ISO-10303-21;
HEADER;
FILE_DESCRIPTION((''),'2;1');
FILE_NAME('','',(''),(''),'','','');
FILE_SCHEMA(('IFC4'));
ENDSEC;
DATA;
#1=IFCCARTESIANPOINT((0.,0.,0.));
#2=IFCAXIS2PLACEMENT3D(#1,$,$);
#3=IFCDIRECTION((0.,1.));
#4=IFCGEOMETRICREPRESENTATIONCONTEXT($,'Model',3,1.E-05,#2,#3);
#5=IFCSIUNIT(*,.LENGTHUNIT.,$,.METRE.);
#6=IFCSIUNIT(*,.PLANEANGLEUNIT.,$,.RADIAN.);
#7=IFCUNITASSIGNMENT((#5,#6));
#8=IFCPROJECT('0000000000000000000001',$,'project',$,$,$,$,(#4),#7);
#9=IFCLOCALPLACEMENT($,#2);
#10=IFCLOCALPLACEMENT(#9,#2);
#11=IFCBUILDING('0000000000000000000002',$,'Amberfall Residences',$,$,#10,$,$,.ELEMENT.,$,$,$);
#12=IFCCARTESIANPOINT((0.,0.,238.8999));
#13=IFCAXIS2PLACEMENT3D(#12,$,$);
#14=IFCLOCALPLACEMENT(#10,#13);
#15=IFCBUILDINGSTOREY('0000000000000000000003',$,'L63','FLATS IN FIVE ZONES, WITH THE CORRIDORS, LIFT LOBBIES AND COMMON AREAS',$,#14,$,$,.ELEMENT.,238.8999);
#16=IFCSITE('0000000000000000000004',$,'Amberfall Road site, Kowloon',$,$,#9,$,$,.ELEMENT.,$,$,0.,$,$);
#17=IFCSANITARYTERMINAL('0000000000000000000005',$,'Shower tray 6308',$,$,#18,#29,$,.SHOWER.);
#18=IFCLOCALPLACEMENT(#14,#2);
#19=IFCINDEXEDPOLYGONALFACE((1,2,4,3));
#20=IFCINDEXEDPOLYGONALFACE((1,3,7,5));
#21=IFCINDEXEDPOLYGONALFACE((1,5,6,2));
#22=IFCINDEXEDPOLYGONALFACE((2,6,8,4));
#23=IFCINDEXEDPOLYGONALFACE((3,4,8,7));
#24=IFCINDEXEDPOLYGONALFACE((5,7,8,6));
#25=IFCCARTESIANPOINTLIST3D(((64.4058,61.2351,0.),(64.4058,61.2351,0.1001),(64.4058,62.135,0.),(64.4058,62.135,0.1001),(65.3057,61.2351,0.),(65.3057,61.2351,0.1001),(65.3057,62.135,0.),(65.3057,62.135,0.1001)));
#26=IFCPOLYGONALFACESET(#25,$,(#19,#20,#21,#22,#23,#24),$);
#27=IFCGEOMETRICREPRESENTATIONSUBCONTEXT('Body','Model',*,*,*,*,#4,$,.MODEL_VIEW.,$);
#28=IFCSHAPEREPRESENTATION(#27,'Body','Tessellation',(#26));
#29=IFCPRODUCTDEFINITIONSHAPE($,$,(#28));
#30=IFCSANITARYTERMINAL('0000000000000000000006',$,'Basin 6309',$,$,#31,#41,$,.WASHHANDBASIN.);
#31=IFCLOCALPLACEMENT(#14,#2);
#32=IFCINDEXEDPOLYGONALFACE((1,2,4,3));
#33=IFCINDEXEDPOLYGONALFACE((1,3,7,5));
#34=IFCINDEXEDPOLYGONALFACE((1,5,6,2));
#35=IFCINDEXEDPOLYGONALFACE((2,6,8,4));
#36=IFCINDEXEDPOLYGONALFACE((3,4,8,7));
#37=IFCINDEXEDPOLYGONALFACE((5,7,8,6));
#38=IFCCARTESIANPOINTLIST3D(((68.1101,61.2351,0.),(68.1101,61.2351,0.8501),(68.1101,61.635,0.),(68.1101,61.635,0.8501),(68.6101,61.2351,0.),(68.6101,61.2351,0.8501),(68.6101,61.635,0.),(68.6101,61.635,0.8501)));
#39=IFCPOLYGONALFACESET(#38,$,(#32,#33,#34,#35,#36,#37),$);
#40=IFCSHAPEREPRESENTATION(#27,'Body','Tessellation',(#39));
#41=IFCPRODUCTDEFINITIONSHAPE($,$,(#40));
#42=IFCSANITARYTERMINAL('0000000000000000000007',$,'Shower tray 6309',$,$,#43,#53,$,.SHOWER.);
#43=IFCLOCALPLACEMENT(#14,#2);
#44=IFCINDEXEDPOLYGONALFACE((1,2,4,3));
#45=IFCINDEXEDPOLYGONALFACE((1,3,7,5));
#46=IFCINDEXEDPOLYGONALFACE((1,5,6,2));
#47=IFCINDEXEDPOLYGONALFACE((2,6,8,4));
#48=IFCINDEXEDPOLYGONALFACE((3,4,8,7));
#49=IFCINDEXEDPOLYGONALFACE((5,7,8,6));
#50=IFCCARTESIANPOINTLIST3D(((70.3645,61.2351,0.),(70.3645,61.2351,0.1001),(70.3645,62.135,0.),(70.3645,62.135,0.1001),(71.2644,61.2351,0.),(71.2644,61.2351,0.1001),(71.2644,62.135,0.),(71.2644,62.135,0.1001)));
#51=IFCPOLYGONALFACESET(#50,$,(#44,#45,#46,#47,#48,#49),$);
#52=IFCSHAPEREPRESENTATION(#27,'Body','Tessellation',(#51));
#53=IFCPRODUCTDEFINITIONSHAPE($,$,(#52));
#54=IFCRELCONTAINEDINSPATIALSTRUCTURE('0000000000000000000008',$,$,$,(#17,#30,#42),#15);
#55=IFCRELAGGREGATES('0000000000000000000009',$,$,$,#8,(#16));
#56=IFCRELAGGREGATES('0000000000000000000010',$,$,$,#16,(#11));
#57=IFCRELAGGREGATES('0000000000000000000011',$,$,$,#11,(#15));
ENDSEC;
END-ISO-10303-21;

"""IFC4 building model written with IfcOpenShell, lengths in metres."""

from ifc_helpers import new_model, si_unit, direction, frame, origin, origin_2d, place, context, subcontext, project, spatial, rectangle, extrude, element, save


model = new_model("IFC4")

# Units and contexts
model_context = context("Model", 3, precision=1e-05, world=origin(), true_north=direction((0.0, 1.0)))
body_context = subcontext(model_context, "Body", "Model", "MODEL_VIEW")
ifc_project = project(units=[si_unit("LENGTHUNIT", "METRE"), si_unit("PLANEANGLEUNIT", "RADIAN")], contexts=[model_context])

# Site, building, storey
site_placement = place(None, origin())
site = spatial("IfcSite", under=ifc_project, at=site_placement, Name="Amberfall Road site, Kowloon", CompositionType="ELEMENT", RefElevation=0.0)
building_placement = place(site_placement, origin())
building = spatial("IfcBuilding", under=site, at=building_placement, Name="Amberfall Residences", CompositionType="ELEMENT")
storey_placement = place(building_placement, frame((0.0, 0.0, 238.8999)))
storey = spatial("IfcBuildingStorey", under=building, at=storey_placement, Name="L63", Description="FLATS IN FIVE ZONES, WITH THE CORRIDORS, LIFT LOBBIES AND COMMON AREAS", CompositionType="ELEMENT", Elevation=238.8999)

# Sanitary terminals
sanitary_terminal_1_placement = place(storey_placement, frame((64.8557, 61.6851, 0.0), z_axis=(0.0, 0.0, 1.0), x_axis=(1.0, 0.0, 0.0)))
element("IfcSanitaryTerminal", 1, at=sanitary_terminal_1_placement, inside=storey, Name="Shower tray 6308", PredefinedType="SHOWER", context=body_context, shape_type="SweptSolid", body=[
    extrude(rectangle(XDim=0.8999, YDim=0.8999, at=origin_2d()), origin(), (0.0, 0.0, 1.0), 0.1001),
])
sanitary_terminal_2_placement = place(storey_placement, frame((68.3601, 61.4351, 0.0), z_axis=(0.0, 0.0, 1.0), x_axis=(1.0, 0.0, 0.0)))
element("IfcSanitaryTerminal", 2, at=sanitary_terminal_2_placement, inside=storey, Name="Basin 6309", PredefinedType="WASHHANDBASIN", context=body_context, shape_type="SweptSolid", body=[
    extrude(rectangle(XDim=0.5, YDim=0.3999, at=origin_2d()), origin(), (0.0, 0.0, 1.0), 0.8501),
])
sanitary_terminal_3_placement = place(storey_placement, frame((70.8145, 61.6851, 0.0), z_axis=(0.0, 0.0, 1.0), x_axis=(1.0, 0.0, 0.0)))
element("IfcSanitaryTerminal", 3, at=sanitary_terminal_3_placement, inside=storey, Name="Shower tray 6309", PredefinedType="SHOWER", context=body_context, shape_type="SweptSolid", body=[
    extrude(rectangle(XDim=0.8999, YDim=0.8999, at=origin_2d()), origin(), (0.0, 0.0, 1.0), 0.1001),
])

save(model, "model.ifc")
